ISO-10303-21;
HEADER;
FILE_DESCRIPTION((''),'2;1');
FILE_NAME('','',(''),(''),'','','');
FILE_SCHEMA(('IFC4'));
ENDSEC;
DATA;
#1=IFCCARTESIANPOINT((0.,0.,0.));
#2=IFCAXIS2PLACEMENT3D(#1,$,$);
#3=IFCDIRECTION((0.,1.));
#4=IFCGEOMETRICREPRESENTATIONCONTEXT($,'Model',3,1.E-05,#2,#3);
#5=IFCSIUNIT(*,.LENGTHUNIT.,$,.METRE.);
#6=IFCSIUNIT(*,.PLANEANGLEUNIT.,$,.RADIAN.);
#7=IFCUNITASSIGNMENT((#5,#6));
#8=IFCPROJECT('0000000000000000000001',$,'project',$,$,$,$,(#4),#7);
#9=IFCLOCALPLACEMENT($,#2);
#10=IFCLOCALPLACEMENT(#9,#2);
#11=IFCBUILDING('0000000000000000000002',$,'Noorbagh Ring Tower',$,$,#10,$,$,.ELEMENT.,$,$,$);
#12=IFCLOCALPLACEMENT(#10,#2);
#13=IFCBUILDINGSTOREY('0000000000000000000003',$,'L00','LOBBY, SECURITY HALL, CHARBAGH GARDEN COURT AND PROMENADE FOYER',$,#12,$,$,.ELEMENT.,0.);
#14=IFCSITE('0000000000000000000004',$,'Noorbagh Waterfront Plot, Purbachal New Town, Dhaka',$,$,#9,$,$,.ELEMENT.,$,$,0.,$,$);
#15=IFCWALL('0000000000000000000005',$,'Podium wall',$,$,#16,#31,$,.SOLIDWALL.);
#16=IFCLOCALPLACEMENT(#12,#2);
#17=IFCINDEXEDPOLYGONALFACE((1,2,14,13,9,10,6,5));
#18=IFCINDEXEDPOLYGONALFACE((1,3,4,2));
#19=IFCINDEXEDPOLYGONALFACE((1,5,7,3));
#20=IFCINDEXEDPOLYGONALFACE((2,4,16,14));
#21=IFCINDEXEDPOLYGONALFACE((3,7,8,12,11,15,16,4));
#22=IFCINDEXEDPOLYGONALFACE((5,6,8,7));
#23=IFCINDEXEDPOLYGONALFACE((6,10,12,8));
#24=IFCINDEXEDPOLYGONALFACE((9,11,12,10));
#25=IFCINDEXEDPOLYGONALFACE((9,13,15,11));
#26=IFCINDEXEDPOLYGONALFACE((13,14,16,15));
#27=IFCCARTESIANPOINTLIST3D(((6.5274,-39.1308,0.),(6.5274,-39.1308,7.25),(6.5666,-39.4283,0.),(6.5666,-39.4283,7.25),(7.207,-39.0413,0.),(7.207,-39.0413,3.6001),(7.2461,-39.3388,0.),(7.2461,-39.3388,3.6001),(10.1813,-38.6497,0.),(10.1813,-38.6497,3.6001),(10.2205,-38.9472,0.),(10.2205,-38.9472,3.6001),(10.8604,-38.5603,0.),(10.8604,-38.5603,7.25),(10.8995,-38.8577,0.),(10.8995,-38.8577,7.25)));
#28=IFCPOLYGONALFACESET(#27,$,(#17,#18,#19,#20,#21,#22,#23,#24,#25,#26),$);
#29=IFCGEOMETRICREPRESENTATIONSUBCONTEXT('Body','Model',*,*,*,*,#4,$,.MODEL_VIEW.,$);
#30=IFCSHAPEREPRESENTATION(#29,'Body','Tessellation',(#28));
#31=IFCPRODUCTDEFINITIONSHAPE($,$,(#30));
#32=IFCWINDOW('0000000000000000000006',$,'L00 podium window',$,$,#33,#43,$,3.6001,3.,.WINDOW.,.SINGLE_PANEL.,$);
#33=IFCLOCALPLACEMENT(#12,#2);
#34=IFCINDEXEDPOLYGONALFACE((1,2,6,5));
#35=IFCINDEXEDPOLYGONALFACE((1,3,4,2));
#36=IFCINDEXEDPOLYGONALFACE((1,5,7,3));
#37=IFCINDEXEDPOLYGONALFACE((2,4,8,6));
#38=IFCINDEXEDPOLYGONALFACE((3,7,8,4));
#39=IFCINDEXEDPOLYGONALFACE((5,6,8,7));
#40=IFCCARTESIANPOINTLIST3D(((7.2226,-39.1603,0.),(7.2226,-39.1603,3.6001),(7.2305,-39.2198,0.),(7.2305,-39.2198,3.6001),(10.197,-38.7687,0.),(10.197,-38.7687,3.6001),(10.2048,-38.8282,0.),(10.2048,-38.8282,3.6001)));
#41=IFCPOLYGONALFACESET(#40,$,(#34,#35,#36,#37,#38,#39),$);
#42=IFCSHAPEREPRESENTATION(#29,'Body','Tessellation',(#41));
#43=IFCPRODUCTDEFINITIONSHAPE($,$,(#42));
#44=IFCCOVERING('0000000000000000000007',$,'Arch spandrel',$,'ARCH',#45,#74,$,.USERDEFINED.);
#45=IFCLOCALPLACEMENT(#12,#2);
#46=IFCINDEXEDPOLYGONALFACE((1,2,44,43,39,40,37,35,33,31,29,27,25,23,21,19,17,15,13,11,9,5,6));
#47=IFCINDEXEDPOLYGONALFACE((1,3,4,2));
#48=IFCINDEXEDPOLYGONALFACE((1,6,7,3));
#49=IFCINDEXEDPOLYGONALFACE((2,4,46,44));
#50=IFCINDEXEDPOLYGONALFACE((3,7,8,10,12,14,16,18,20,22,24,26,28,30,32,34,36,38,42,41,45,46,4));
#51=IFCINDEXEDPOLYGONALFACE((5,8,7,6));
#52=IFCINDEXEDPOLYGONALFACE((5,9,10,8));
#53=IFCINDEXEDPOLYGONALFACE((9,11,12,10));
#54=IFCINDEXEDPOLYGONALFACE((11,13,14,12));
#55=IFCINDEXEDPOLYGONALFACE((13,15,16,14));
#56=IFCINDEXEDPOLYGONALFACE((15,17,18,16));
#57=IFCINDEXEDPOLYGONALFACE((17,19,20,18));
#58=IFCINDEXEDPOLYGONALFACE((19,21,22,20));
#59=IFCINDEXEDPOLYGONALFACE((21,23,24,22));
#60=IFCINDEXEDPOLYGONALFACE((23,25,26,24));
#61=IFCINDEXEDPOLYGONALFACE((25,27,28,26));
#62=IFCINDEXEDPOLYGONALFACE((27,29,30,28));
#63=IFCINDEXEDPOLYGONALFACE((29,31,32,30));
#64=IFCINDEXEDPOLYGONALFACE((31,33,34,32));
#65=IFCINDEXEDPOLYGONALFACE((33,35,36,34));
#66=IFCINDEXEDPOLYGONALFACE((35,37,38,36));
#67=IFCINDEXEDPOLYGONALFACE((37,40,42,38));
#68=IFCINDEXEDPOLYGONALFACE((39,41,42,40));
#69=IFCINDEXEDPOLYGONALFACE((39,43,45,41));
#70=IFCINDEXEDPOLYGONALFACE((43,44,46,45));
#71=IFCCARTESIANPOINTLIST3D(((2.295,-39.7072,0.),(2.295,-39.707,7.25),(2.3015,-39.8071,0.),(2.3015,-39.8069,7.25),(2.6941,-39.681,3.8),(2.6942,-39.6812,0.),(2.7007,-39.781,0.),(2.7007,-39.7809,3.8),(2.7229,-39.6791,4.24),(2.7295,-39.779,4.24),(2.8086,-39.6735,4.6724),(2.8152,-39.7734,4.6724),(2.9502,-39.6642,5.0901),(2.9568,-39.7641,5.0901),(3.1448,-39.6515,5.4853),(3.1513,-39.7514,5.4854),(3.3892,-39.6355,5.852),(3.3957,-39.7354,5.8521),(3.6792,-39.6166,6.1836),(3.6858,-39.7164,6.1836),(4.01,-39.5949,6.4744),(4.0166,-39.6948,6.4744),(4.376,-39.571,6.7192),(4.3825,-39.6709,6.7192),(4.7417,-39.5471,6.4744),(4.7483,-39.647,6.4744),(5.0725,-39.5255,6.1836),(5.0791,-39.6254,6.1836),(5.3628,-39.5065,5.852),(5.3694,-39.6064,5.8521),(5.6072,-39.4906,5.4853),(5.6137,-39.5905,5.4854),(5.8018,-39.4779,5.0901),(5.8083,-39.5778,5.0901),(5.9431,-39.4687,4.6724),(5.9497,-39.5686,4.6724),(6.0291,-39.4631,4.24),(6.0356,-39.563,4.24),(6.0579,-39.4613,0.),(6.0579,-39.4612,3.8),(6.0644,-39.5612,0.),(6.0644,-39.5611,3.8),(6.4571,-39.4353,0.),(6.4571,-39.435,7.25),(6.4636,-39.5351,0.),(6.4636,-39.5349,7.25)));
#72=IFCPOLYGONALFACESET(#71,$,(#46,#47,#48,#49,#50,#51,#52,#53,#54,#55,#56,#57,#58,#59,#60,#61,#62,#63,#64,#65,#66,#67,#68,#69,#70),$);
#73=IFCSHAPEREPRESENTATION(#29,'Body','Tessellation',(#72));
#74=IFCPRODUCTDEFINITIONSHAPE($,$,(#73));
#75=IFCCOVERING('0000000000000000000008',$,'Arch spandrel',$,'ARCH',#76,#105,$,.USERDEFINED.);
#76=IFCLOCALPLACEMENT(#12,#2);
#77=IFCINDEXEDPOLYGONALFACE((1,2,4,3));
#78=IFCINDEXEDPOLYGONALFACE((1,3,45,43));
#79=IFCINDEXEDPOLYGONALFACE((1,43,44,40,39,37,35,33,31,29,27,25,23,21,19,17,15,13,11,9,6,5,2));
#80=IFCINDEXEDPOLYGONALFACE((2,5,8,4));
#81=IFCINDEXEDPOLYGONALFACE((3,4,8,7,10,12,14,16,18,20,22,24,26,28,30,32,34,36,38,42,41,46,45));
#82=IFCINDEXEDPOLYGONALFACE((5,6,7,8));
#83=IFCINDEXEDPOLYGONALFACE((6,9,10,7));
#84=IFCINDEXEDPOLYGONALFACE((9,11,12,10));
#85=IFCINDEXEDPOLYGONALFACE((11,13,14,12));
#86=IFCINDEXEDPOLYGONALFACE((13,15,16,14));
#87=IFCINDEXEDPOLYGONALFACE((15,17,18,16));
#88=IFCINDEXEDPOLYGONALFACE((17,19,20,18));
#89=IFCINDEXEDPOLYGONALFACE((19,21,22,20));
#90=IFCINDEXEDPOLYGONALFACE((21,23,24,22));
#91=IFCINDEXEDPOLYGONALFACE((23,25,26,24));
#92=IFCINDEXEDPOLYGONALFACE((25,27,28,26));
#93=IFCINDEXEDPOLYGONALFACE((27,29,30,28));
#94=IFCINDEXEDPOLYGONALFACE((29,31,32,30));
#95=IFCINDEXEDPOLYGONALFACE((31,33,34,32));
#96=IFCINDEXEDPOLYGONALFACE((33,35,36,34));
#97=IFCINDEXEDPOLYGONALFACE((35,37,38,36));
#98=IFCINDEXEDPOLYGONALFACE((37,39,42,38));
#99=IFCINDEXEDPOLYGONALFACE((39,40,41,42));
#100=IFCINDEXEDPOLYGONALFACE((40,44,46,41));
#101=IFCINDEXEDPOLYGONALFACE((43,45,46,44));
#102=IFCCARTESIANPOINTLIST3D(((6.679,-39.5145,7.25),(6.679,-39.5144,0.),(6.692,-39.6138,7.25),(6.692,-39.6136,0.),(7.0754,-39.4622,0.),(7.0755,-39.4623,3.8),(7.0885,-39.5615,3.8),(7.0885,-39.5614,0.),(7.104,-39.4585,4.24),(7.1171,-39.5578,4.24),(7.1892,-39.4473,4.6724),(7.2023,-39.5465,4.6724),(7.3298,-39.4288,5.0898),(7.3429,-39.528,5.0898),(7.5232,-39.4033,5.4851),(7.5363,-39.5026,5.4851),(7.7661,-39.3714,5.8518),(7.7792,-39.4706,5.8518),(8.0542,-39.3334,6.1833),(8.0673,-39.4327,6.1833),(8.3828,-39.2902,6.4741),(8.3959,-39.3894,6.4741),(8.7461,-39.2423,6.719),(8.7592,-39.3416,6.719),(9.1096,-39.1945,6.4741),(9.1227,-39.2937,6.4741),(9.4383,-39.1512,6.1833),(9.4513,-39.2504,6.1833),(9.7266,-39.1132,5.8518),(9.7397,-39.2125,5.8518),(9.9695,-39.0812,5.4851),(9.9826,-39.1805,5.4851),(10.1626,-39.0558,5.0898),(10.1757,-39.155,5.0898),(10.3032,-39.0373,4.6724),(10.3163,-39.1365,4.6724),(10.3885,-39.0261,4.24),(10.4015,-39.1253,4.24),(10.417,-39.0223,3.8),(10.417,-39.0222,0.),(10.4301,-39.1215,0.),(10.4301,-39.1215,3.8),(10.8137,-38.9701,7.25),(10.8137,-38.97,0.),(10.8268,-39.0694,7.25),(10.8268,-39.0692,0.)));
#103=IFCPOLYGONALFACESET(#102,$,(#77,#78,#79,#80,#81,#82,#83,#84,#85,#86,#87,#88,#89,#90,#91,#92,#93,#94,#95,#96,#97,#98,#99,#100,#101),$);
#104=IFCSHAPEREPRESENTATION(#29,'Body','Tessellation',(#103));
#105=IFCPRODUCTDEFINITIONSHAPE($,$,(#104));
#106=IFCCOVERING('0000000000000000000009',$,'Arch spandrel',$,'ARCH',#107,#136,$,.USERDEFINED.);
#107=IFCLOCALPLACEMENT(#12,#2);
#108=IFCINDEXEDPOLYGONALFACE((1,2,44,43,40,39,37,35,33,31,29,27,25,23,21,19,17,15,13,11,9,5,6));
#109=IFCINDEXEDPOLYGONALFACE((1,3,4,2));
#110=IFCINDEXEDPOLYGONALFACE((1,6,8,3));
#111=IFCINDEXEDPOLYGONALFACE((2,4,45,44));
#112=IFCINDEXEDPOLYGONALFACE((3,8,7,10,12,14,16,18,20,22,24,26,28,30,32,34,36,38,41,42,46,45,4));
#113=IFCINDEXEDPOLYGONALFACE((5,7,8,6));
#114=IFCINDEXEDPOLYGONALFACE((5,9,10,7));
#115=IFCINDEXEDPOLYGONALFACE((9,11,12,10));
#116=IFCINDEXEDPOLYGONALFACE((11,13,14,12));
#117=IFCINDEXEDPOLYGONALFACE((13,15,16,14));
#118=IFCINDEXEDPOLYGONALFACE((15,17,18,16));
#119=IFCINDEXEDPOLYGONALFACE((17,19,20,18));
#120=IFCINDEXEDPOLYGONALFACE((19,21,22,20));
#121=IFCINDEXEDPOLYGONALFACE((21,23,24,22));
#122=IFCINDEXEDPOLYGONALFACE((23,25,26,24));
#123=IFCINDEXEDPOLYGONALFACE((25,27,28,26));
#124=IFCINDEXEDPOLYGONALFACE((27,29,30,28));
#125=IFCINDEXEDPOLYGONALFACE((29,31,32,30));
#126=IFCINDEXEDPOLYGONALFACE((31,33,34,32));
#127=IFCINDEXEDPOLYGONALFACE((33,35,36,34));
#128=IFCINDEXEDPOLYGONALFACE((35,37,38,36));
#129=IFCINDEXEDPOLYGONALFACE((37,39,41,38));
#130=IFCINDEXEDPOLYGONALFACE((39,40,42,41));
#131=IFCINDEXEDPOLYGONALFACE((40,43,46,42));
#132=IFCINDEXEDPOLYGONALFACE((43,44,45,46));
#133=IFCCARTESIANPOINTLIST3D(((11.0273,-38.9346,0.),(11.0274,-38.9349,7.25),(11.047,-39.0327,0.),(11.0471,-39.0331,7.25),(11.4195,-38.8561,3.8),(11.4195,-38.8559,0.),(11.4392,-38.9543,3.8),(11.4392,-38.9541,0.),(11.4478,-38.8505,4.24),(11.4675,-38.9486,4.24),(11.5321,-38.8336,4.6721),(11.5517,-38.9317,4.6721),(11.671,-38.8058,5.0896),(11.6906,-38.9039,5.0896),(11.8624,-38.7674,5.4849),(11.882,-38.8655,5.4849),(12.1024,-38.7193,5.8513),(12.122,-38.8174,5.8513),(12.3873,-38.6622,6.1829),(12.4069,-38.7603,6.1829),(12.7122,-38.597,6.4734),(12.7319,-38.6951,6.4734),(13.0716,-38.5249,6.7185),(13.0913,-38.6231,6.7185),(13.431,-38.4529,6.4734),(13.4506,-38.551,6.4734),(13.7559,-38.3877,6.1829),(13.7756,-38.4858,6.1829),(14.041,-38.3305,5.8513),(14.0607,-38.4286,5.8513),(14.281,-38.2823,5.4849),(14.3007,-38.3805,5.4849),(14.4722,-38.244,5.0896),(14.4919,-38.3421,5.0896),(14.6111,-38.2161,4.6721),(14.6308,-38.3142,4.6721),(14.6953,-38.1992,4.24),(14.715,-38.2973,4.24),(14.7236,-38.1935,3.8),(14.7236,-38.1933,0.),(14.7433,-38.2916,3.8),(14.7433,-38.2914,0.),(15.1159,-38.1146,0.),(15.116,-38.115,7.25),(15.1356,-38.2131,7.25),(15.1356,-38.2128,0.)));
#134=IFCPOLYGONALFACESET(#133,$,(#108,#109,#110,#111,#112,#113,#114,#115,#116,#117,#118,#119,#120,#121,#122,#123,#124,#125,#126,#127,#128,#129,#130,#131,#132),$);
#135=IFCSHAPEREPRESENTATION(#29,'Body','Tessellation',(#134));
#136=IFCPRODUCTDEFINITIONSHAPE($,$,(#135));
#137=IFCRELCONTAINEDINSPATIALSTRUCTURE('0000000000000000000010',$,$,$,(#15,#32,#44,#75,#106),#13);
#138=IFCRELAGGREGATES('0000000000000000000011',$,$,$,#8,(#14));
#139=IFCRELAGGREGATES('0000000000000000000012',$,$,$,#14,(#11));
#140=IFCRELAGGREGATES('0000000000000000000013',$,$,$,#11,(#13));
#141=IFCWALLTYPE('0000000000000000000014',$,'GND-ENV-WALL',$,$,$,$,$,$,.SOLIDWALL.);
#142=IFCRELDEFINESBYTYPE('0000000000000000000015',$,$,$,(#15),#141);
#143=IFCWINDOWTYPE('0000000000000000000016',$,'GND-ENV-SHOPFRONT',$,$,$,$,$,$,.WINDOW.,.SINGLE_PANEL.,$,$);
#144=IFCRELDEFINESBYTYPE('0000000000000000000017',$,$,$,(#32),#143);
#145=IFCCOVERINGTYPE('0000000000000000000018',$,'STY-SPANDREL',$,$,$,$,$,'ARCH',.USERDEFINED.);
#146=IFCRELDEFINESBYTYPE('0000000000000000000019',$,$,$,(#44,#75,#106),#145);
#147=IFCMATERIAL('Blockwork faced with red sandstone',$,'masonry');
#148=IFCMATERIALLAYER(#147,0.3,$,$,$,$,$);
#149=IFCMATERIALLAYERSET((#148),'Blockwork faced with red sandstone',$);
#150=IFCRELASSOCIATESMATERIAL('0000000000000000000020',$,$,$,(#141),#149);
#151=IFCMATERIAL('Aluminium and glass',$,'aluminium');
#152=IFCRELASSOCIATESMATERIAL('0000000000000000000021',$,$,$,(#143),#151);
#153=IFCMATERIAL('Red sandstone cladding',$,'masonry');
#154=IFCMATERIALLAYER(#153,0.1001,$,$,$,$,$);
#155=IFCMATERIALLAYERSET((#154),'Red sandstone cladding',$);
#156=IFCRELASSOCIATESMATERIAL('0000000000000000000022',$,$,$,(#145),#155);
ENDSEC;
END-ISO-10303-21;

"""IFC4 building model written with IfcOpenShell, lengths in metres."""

from ifc_helpers import new_model, si_unit, direction, frame, frame_2d, origin, place, context, subcontext, project, spatial, polyline, rectangle, outline, extrude, material, layer, layer_set, type_object, element, fill, save


model = new_model("IFC4")

# Units and contexts
model_context = context("Model", 3, precision=1e-05, world=origin(), true_north=direction((0.0, 1.0)))
body_context = subcontext(model_context, "Body", "Model", "MODEL_VIEW")
ifc_project = project(units=[si_unit("LENGTHUNIT", "METRE"), si_unit("PLANEANGLEUNIT", "RADIAN")], contexts=[model_context])

# Site, building, storey
site_placement = place(None, origin())
site = spatial("IfcSite", under=ifc_project, at=site_placement, Name="Noorbagh Waterfront Plot, Purbachal New Town, Dhaka", CompositionType="ELEMENT", RefElevation=0.0)
building_placement = place(site_placement, origin())
building = spatial("IfcBuilding", under=site, at=building_placement, Name="Noorbagh Ring Tower", CompositionType="ELEMENT")
storey_placement = place(building_placement, origin())
storey = spatial("IfcBuildingStorey", under=building, at=storey_placement, Name="L00", Description="LOBBY, SECURITY HALL, CHARBAGH GARDEN COURT AND PROMENADE FOYER", CompositionType="ELEMENT", Elevation=0.0)

# Shared definitions
ifc_material_1 = material(Name="Blockwork faced with red sandstone", Category="masonry")
ifc_layer_1 = layer(ifc_material_1, 0.3)
ifc_layer_set_1 = layer_set([ifc_layer_1], Name="Blockwork faced with red sandstone")
wall_type = type_object("IfcWallType", Name="GND-ENV-WALL", PredefinedType="SOLIDWALL", material=ifc_layer_set_1)

# Wall, opening, window
wall_1_placement = place(storey_placement, frame((6.5471, -39.2795, 0.0), z_axis=(0.0, 0.0, 1.0), x_axis=(0.991442, 0.13055, 0.0)))
wall_1 = element("IfcWall", 1, at=wall_1_placement, inside=storey, type_object=wall_type, Name="Podium wall", PredefinedType="SOLIDWALL", context=body_context, shape_type="SweptSolid", body=[
    extrude(rectangle(XDim=4.3704, YDim=0.3, at=frame_2d((2.1851, 0.0))), origin(), (0.0, 0.0, 1.0), 7.25),
])
opening_1_placement = place(wall_1_placement, frame((0.6853, 0.0, 0.0)))
opening_1 = element("IfcOpeningElement", 2, at=opening_1_placement, cuts=wall_1, PredefinedType="OPENING", context=body_context, shape_type="SweptSolid", body=[
    extrude(rectangle(XDim=3.0, YDim=3.6001, at=frame_2d((1.5, 1.8))), frame((0.0, 0.1602, 0.0), z_axis=(0.0, -1.0, 0.0), x_axis=(1.0, 0.0, 0.0)), (0.0, 0.0, 1.0), 0.3201),
])
ifc_material_2 = material(Name="Aluminium and glass", Category="aluminium")
window_type = type_object("IfcWindowType", Name="GND-ENV-SHOPFRONT", PartitioningType="SINGLE_PANEL", PredefinedType="WINDOW", material=ifc_material_2)
window_placement = place(opening_1_placement, origin())
window = element("IfcWindow", 3, at=window_placement, inside=storey, type_object=window_type, Name="L00 podium window", OverallHeight=3.6001, OverallWidth=3.0, PartitioningType="SINGLE_PANEL", PredefinedType="WINDOW", context=body_context, shape_type="SweptSolid", body=[
    extrude(rectangle(XDim=3.0, YDim=3.6001, at=frame_2d((1.5, 1.8))), frame((0.0, 0.03, 0.0), z_axis=(0.0, -1.0, 0.0), x_axis=(1.0, 0.0, 0.0)), (0.0, 0.0, 1.0), 0.0601),
])
fill(opening_1, window)

# Coverings
ifc_material_3 = material(Name="Red sandstone cladding", Category="masonry")
ifc_layer_2 = layer(ifc_material_3, 0.1001)
ifc_layer_set_2 = layer_set([ifc_layer_2], Name="Red sandstone cladding")
covering_type = type_object("IfcCoveringType", Name="STY-SPANDREL", ElementType="ARCH", PredefinedType="USERDEFINED", material=ifc_layer_set_2)
covering_1_placement = place(storey_placement, frame((2.3015, -39.8071, 0.0), z_axis=(0.065208, -0.997872, 0.000038), x_axis=(0.997872, 0.065208, 0.0)))
element("IfcCovering", 4, at=covering_1_placement, inside=storey, type_object=covering_type, Name="Arch spandrel", ObjectType="ARCH", PredefinedType="USERDEFINED", context=body_context, shape_type="SweptSolid", body=[
    extrude(outline(polyline([(0.0, 0.0), (0.4, 0.0), (0.4, 3.8), (0.4289, 4.24), (0.5148, 4.6724), (0.6567, 5.0901), (0.8517, 5.4854), (1.0966, 5.8521), (1.3872, 6.1836), (1.7187, 6.4744), (2.0855, 6.7192), (2.452, 6.4744), (2.7835, 6.1836), (3.0744, 5.8521), (3.3193, 5.4854), (3.5143, 5.0901), (3.656, 4.6724), (3.7421, 4.24), (3.7709, 3.8), (3.7709, 0.0), (4.171, 0.0), (4.171, 7.25), (0.0, 7.25), (0.0, 0.0)])), origin(), (0.0, 0.0, -1.0), 0.1001),
])
covering_2_placement = place(storey_placement, frame((6.679, -39.5144, 0.0), z_axis=(-0.130543, 0.991443, 0.000018), x_axis=(0.991443, 0.130543, 0.0)))
element("IfcCovering", 5, at=covering_2_placement, inside=storey, type_object=covering_type, Name="Arch spandrel", ObjectType="ARCH", PredefinedType="USERDEFINED", context=body_context, shape_type="SweptSolid", body=[
    extrude(outline(polyline([(0.0, 0.0), (0.3999, 0.0), (0.3999, -3.8), (0.4287, -4.24), (0.5147, -4.6724), (0.6565, -5.0898), (0.8515, -5.4851), (1.0966, -5.8518), (1.3871, -6.1833), (1.7186, -6.4741), (2.085, -6.719), (2.4516, -6.4741), (2.7831, -6.1833), (3.0739, -5.8518), (3.3189, -5.4851), (3.5137, -5.0898), (3.6556, -4.6724), (3.7415, -4.24), (3.7703, -3.8), (3.7703, 0.0), (4.1705, 0.0), (4.1705, -7.25), (0.0, -7.25), (0.0, 0.0)])), origin(), (0.0, 0.0, -1.0), 0.1001),
])
covering_3_placement = place(storey_placement, frame((11.0273, -38.9346, 0.0), z_axis=(-0.196631, 0.980478, 0.000049), x_axis=(0.980478, 0.196631, 0.0)))
element("IfcCovering", 6, at=covering_3_placement, inside=storey, type_object=covering_type, Name="Arch spandrel", ObjectType="ARCH", PredefinedType="USERDEFINED", context=body_context, shape_type="SweptSolid", body=[
    extrude(outline(polyline([(0.0, 0.0), (0.3999, 0.0), (0.3999, -3.8), (0.4288, -4.24), (0.5147, -4.6721), (0.6564, -5.0896), (0.8516, -5.4849), (1.0964, -5.8513), (1.3869, -6.1829), (1.7184, -6.4734), (2.0849, -6.7185), (2.4514, -6.4734), (2.7828, -6.1829), (3.0737, -5.8513), (3.3184, -5.4849), (3.5134, -5.0896), (3.6551, -4.6721), (3.741, -4.24), (3.7698, -3.8), (3.7698, 0.0), (4.17, 0.0), (4.17, -7.25), (0.0, -7.25), (0.0, 0.0)])), origin(), (0.0, 0.0, -1.0), 0.1001),
])

save(model, "model.ifc")
